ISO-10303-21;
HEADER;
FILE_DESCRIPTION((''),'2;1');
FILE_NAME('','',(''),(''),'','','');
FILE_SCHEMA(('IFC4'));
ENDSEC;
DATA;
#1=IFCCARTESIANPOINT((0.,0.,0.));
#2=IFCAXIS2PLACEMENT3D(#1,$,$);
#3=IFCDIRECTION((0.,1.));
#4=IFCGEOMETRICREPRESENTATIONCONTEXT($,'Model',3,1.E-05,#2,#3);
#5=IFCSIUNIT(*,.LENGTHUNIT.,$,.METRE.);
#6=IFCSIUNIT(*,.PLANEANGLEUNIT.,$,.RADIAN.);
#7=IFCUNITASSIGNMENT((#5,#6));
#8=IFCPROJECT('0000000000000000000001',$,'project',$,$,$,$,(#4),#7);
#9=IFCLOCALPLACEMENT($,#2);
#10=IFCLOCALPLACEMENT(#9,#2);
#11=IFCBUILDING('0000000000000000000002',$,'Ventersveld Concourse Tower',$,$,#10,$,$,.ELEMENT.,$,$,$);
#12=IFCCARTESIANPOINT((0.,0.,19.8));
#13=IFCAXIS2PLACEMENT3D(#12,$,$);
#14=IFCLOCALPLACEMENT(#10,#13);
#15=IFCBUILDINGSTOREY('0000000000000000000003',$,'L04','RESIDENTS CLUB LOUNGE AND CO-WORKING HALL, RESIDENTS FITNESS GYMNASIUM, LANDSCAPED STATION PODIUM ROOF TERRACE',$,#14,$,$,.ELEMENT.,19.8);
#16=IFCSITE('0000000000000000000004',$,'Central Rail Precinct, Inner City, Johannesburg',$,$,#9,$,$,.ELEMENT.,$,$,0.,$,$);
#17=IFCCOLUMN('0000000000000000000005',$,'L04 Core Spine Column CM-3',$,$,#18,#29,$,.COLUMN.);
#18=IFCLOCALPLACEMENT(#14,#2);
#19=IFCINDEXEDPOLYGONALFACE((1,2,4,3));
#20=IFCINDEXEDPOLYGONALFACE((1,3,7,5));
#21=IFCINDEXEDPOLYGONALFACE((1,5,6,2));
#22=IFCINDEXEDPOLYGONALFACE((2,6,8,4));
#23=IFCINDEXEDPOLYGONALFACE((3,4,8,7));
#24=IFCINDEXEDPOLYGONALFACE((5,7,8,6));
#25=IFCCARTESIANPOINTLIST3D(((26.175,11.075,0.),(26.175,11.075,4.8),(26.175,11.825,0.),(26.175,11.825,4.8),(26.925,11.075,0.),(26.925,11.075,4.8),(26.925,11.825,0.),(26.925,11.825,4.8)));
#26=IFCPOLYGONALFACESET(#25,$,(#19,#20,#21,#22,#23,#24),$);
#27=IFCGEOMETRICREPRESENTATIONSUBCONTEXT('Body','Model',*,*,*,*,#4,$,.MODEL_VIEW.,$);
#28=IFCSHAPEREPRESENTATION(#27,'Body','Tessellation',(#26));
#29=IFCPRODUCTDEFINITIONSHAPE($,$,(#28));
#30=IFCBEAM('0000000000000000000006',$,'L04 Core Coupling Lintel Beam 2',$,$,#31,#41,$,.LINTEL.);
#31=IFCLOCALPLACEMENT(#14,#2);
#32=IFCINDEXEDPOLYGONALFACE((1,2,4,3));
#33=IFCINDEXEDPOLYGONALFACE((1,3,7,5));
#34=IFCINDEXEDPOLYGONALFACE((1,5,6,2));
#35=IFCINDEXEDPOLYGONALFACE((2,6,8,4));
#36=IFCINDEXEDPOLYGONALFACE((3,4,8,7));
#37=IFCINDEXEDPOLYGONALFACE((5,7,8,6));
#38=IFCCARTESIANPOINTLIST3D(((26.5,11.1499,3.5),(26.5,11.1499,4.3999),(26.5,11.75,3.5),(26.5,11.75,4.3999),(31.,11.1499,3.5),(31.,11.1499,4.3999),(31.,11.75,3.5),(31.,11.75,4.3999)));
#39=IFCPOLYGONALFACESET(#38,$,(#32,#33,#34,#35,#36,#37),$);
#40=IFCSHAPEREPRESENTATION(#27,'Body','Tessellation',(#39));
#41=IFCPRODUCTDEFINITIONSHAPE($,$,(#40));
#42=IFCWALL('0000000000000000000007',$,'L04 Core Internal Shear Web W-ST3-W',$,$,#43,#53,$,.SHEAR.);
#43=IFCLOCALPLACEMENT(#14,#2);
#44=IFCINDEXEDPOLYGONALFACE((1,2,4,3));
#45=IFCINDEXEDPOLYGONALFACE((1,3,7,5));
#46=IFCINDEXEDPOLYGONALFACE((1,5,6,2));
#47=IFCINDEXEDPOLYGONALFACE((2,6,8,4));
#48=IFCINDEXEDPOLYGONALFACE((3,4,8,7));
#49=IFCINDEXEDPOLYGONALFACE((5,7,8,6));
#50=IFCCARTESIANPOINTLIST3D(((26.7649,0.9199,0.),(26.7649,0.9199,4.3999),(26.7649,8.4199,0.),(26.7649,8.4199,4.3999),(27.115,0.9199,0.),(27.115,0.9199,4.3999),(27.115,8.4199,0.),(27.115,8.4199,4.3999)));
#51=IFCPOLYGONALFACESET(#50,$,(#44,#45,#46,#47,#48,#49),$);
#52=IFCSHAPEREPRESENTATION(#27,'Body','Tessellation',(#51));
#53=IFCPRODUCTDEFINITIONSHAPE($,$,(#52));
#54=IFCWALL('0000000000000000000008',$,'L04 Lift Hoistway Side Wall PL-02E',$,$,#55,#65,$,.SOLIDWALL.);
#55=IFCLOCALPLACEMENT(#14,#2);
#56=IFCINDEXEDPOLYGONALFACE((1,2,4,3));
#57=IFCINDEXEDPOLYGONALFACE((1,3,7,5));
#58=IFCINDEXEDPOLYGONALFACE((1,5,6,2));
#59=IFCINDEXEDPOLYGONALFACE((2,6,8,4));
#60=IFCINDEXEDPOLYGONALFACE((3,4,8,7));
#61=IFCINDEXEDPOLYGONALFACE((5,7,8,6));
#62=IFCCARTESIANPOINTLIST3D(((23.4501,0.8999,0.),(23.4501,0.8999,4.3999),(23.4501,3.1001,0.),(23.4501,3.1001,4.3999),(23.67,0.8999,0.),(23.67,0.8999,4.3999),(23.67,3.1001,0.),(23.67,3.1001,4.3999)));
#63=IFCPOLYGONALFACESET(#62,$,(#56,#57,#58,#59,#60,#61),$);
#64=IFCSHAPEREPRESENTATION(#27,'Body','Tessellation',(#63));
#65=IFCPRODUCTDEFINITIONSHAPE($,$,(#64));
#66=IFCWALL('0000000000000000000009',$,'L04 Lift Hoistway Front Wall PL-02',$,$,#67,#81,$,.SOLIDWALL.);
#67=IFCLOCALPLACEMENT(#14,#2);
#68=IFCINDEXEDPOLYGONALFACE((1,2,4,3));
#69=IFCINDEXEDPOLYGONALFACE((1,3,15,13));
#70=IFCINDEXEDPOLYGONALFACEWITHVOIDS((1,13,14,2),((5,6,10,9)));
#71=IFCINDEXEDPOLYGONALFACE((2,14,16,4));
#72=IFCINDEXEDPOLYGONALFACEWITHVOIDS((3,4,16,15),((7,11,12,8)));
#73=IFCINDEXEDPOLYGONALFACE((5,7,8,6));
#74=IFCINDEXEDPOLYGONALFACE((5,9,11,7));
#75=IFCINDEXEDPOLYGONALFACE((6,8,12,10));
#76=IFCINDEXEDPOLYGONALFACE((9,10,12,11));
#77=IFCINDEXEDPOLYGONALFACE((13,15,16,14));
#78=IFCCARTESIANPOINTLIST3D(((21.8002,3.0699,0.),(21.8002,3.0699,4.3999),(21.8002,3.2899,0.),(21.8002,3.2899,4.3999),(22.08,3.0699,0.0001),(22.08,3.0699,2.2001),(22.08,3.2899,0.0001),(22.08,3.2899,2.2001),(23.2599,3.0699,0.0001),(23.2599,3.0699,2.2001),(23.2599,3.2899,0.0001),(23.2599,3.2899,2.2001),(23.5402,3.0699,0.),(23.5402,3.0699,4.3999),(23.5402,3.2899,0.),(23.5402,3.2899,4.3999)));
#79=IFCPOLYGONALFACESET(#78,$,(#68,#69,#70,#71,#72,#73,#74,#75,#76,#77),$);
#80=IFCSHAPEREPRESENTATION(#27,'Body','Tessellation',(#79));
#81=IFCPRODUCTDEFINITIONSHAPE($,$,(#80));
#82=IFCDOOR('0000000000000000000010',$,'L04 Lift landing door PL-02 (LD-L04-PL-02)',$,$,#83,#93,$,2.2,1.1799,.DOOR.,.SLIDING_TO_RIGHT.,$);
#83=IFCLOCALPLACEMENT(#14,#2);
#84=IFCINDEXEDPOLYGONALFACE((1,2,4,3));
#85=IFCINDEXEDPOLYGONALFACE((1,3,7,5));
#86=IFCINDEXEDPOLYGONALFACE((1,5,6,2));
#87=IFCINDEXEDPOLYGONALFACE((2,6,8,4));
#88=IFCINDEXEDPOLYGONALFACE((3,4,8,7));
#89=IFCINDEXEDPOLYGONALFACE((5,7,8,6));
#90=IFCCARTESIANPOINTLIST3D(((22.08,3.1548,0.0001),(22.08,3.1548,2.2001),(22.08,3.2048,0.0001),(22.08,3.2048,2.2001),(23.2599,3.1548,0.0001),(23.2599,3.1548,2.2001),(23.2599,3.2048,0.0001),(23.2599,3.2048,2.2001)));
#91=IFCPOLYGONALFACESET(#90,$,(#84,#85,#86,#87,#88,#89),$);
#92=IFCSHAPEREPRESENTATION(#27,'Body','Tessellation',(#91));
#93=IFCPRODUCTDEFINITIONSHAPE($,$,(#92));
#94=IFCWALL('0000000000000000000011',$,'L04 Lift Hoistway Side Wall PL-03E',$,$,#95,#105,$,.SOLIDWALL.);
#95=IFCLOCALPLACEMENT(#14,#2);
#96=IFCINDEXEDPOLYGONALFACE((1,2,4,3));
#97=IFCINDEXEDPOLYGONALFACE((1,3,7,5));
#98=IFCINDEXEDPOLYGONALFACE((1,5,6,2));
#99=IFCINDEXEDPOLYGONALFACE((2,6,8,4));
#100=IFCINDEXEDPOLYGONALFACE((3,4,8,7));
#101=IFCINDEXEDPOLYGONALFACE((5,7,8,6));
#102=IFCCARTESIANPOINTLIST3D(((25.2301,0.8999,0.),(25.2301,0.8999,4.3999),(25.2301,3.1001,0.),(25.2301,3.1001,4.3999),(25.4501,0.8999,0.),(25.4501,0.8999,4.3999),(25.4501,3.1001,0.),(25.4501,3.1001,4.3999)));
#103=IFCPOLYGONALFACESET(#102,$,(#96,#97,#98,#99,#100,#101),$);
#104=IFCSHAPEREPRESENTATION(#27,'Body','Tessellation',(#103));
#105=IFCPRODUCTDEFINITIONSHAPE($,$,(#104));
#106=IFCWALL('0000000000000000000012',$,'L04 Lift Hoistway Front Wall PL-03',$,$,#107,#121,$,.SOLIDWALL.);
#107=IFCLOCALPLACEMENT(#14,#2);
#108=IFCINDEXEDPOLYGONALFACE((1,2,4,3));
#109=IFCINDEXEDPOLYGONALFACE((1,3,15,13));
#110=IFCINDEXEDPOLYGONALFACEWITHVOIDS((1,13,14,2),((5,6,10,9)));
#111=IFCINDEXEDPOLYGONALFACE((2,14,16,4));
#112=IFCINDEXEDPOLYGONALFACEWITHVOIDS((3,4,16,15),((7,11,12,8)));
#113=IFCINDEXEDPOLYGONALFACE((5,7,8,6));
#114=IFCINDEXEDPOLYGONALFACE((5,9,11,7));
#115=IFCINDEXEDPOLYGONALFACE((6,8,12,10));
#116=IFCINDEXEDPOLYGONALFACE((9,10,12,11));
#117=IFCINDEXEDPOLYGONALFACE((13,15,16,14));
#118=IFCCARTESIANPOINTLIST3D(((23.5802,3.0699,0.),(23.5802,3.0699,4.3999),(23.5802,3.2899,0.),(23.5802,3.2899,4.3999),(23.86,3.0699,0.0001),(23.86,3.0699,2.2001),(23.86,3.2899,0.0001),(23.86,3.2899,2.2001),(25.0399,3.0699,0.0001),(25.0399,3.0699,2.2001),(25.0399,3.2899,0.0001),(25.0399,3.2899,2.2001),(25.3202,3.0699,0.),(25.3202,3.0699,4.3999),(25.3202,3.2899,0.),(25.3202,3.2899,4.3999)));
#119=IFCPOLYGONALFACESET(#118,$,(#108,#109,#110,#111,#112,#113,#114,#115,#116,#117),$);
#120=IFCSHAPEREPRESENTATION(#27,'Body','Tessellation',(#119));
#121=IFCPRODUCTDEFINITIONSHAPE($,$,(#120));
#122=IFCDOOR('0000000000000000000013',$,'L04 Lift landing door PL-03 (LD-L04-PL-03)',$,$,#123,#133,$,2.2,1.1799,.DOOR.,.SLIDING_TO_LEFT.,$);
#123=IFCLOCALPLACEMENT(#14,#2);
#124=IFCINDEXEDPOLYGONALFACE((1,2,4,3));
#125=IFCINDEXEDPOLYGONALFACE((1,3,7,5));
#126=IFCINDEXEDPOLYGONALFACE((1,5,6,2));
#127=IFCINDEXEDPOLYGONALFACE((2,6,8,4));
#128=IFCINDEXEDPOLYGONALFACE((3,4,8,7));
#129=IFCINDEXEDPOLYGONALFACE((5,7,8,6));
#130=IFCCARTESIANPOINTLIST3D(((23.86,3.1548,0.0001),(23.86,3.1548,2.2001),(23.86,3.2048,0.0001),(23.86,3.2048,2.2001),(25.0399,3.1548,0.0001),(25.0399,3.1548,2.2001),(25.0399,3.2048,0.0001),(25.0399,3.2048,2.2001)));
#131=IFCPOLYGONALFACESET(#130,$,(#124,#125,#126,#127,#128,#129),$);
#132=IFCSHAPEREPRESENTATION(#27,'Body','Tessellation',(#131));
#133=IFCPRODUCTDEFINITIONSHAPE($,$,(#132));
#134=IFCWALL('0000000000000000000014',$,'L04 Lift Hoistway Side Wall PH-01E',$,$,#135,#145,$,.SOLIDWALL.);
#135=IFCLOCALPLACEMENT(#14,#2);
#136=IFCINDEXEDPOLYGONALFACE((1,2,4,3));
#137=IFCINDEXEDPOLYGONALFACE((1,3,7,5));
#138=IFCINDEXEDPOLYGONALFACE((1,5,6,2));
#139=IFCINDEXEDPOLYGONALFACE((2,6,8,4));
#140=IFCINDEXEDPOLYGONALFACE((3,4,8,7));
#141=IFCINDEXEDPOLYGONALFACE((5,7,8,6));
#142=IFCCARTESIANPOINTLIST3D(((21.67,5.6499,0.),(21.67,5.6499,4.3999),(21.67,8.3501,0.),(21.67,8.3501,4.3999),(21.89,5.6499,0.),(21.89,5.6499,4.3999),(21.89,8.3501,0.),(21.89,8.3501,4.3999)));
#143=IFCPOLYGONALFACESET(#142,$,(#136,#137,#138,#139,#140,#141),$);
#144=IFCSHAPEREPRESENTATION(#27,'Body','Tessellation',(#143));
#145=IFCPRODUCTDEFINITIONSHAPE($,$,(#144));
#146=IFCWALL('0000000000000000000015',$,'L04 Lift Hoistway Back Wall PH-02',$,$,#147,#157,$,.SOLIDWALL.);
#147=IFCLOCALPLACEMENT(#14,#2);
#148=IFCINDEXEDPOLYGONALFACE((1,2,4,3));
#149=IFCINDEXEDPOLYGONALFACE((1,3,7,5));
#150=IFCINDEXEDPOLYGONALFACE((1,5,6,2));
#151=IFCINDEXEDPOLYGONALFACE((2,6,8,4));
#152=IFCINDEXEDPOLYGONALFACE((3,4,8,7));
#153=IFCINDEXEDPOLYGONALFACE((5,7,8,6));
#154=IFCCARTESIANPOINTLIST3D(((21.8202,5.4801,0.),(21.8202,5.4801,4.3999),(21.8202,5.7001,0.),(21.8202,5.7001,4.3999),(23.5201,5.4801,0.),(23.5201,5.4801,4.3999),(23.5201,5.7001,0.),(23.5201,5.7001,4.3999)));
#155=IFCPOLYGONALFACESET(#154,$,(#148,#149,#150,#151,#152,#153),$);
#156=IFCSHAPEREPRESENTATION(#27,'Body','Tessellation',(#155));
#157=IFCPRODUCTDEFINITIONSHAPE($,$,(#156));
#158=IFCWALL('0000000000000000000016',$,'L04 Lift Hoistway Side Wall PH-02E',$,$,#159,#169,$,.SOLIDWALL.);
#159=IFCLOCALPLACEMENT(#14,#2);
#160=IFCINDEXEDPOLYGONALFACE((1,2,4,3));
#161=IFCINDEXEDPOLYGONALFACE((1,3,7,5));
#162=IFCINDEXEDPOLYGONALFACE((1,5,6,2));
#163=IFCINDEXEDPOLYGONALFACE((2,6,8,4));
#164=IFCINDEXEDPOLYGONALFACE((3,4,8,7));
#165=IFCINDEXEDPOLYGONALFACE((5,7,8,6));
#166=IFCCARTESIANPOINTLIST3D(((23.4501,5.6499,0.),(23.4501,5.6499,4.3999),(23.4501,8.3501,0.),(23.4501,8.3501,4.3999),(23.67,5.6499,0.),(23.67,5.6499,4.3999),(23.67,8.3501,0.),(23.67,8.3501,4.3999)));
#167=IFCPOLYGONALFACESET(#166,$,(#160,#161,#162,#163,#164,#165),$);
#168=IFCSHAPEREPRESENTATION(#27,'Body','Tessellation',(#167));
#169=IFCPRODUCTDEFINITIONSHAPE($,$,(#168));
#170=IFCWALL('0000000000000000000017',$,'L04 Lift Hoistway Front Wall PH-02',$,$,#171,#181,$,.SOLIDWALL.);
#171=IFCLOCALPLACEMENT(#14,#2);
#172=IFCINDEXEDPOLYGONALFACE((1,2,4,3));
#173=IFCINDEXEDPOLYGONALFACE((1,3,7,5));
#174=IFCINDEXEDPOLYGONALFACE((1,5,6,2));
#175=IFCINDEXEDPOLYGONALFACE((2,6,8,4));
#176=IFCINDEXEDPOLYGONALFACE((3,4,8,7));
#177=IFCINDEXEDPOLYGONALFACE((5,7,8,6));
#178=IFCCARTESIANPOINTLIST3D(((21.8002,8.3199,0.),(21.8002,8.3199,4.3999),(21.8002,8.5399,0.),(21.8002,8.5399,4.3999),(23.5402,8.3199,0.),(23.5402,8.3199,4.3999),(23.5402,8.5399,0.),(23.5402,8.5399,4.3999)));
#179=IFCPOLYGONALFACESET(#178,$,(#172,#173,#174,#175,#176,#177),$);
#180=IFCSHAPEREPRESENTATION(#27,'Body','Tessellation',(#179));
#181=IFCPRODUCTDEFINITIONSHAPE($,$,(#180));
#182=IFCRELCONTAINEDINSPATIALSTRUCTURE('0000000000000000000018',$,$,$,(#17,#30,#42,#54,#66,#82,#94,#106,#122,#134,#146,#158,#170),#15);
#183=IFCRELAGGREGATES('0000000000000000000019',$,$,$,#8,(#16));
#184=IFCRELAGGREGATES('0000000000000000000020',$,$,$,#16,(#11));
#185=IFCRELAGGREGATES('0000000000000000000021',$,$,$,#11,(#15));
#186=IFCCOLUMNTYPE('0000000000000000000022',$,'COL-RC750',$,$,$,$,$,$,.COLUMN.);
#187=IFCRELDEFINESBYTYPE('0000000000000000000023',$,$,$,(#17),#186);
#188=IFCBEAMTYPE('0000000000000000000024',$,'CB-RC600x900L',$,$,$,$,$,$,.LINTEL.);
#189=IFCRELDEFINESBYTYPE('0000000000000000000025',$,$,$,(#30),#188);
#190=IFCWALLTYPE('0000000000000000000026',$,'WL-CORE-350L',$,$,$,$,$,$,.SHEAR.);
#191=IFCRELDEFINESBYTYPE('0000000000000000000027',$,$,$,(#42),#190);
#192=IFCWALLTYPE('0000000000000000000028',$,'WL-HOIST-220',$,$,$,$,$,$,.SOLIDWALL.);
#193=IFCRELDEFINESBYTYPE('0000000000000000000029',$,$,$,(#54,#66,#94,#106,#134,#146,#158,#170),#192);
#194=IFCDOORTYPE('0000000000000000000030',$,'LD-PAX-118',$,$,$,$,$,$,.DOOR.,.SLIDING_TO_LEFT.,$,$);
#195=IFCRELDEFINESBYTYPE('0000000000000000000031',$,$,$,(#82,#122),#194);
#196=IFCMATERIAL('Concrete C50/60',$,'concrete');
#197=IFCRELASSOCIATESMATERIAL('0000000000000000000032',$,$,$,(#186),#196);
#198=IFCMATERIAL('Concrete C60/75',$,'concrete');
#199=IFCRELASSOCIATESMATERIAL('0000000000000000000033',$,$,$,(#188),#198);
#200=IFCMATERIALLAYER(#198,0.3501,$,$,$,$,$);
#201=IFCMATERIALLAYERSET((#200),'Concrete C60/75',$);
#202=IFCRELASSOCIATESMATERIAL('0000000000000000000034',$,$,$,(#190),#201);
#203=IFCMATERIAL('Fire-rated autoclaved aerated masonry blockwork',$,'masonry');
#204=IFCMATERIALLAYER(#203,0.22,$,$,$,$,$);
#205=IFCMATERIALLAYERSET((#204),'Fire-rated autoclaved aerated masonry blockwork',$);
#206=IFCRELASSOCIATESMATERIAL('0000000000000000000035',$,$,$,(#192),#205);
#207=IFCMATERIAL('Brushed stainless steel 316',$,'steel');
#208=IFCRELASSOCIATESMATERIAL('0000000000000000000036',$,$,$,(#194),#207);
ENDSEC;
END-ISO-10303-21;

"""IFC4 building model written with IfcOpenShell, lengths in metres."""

from ifc_helpers import new_model, si_unit, direction, frame, frame_2d, origin, origin_2d, place, context, subcontext, project, spatial, rectangle, extrude, material, layer, layer_set, material_profile, profile_set, type_object, element, fill, save


model = new_model("IFC4")

# Units and contexts
model_context = context("Model", 3, precision=1e-05, world=origin(), true_north=direction((0.0, 1.0)))
body_context = subcontext(model_context, "Body", "Model", "MODEL_VIEW")
ifc_project = project(units=[si_unit("LENGTHUNIT", "METRE"), si_unit("PLANEANGLEUNIT", "RADIAN")], contexts=[model_context])

# Site, building, storey
site_placement = place(None, origin())
site = spatial("IfcSite", under=ifc_project, at=site_placement, Name="Central Rail Precinct, Inner City, Johannesburg", CompositionType="ELEMENT", RefElevation=0.0)
building_placement = place(site_placement, origin())
building = spatial("IfcBuilding", under=site, at=building_placement, Name="Ventersveld Concourse Tower", CompositionType="ELEMENT")
storey_placement = place(building_placement, frame((0.0, 0.0, 19.8)))
storey = spatial("IfcBuildingStorey", under=building, at=storey_placement, Name="L04", Description="RESIDENTS CLUB LOUNGE AND CO-WORKING HALL, RESIDENTS FITNESS GYMNASIUM, LANDSCAPED STATION PODIUM ROOF TERRACE", CompositionType="ELEMENT", Elevation=19.8)

# Column
ifc_material_1 = material(Name="Concrete C50/60", Category="concrete")
ifc_material_profile_1 = material_profile(ifc_material_1, rectangle(XDim=0.75, YDim=0.75, at=origin_2d()), Name="RC 750x750")
ifc_profile_set_1 = profile_set([ifc_material_profile_1], Name="Concrete C50/60")
column_type = type_object("IfcColumnType", Name="COL-RC750", PredefinedType="COLUMN", material=ifc_profile_set_1)
column_placement = place(storey_placement, frame((26.55, 11.45, 0.0), z_axis=(0.0, 0.0, 1.0), x_axis=(1.0, 0.0, 0.0)))
element("IfcColumn", 1, at=column_placement, inside=storey, type_object=column_type, Name="L04 Core Spine Column CM-3", PredefinedType="COLUMN", context=body_context, shape_type="SweptSolid", body=[
    extrude(rectangle(XDim=0.75, YDim=0.75, at=origin_2d()), origin(), (0.0, 0.0, 1.0), 4.8),
])

# Beam
ifc_material_2 = material(Name="Concrete C60/75", Category="concrete")
ifc_material_profile_2 = material_profile(ifc_material_2, rectangle(XDim=0.6001, YDim=0.8999, at=origin_2d()), Name="RC 600x900")
ifc_profile_set_2 = profile_set([ifc_material_profile_2], Name="Concrete C60/75")
beam_type = type_object("IfcBeamType", Name="CB-RC600x900L", PredefinedType="LINTEL", material=ifc_profile_set_2)
beam_placement = place(storey_placement, frame((26.5, 11.45, 3.95), z_axis=(1.0, 0.0, 0.0), x_axis=(0.0, 1.0, 0.0)))
element("IfcBeam", 2, at=beam_placement, inside=storey, type_object=beam_type, Name="L04 Core Coupling Lintel Beam 2", PredefinedType="LINTEL", context=body_context, shape_type="SweptSolid", body=[
    extrude(rectangle(XDim=0.6001, YDim=0.8999, at=origin_2d()), origin(), (0.0, 0.0, 1.0), 4.5),
])

# Walls
ifc_layer_1 = layer(ifc_material_2, 0.3501)
ifc_layer_set_1 = layer_set([ifc_layer_1], Name="Concrete C60/75")
wall_type_1 = type_object("IfcWallType", Name="WL-CORE-350L", PredefinedType="SHEAR", material=ifc_layer_set_1)
wall_1_placement = place(storey_placement, frame((26.9399, 0.9199, 0.0), z_axis=(0.0, 0.0, 1.0), x_axis=(0.0, 1.0, 0.0)))
element("IfcWall", 3, at=wall_1_placement, inside=storey, type_object=wall_type_1, Name="L04 Core Internal Shear Web W-ST3-W", PredefinedType="SHEAR", context=body_context, shape_type="SweptSolid", body=[
    extrude(rectangle(XDim=7.5, YDim=0.3501, at=frame_2d((3.75, 0.0))), origin(), (0.0, 0.0, 1.0), 4.3999),
])
ifc_material_3 = material(Name="Fire-rated autoclaved aerated masonry blockwork", Category="masonry")
ifc_layer_2 = layer(ifc_material_3, 0.22)
ifc_layer_set_2 = layer_set([ifc_layer_2], Name="Fire-rated autoclaved aerated masonry blockwork")
wall_type_2 = type_object("IfcWallType", Name="WL-HOIST-220", PredefinedType="SOLIDWALL", material=ifc_layer_set_2)
wall_2_placement = place(storey_placement, frame((23.5601, 0.8999, 0.0), z_axis=(0.0, 0.0, 1.0), x_axis=(0.0, 1.0, 0.0)))
element("IfcWall", 4, at=wall_2_placement, inside=storey, type_object=wall_type_2, Name="L04 Lift Hoistway Side Wall PL-02E", PredefinedType="SOLIDWALL", context=body_context, shape_type="SweptSolid", body=[
    extrude(rectangle(XDim=2.2002, YDim=0.22, at=frame_2d((1.1001, 0.0))), origin(), (0.0, 0.0, 1.0), 4.3999),
])

# Wall, opening, door
wall_3_placement = place(storey_placement, frame((21.8, 3.1799, 0.0), z_axis=(0.0, 0.0, 1.0), x_axis=(1.0, 0.0, 0.0)))
wall_3 = element("IfcWall", 5, at=wall_3_placement, inside=storey, type_object=wall_type_2, Name="L04 Lift Hoistway Front Wall PL-02", PredefinedType="SOLIDWALL", context=body_context, shape_type="SweptSolid", body=[
    extrude(rectangle(XDim=1.74, YDim=0.22, at=frame_2d((0.8701, 0.0))), origin(), (0.0, 0.0, 1.0), 4.3999),
])
opening_1_placement = place(wall_3_placement, frame((0.28, 0.0, 0.0)))
opening_1 = element("IfcOpeningElement", 6, at=opening_1_placement, cuts=wall_3, PredefinedType="OPENING", context=body_context, shape_type="SweptSolid", body=[
    extrude(rectangle(XDim=1.1799, YDim=2.2, at=frame_2d((0.5898, 1.1001))), frame((0.0, 0.1201, 0.0), z_axis=(0.0, -1.0, 0.0), x_axis=(1.0, 0.0, 0.0)), (0.0, 0.0, 1.0), 0.24),
])
ifc_material_4 = material(Name="Brushed stainless steel 316", Category="steel")
door_type_1 = type_object("IfcDoorType", Name="LD-PAX-118", OperationType="SLIDING_TO_LEFT", PredefinedType="DOOR", material=ifc_material_4)
door_1_placement = place(opening_1_placement, origin())
door_1 = element("IfcDoor", 7, at=door_1_placement, inside=storey, type_object=door_type_1, Name="L04 Lift landing door PL-02 (LD-L04-PL-02)", OperationType="SLIDING_TO_RIGHT", OverallHeight=2.2, OverallWidth=1.1799, PredefinedType="DOOR", context=body_context, shape_type="SweptSolid", body=[
    extrude(rectangle(XDim=1.1799, YDim=2.2, at=frame_2d((0.5898, 1.1001))), frame((0.0, 0.0249, 0.0), z_axis=(0.0, -1.0, 0.0), x_axis=(1.0, 0.0, 0.0)), (0.0, 0.0, 1.0), 0.05),
])
fill(opening_1, door_1)

# Wall
wall_4_placement = place(storey_placement, frame((25.3401, 0.8999, 0.0), z_axis=(0.0, 0.0, 1.0), x_axis=(0.0, 1.0, 0.0)))
element("IfcWall", 8, at=wall_4_placement, inside=storey, type_object=wall_type_2, Name="L04 Lift Hoistway Side Wall PL-03E", PredefinedType="SOLIDWALL", context=body_context, shape_type="SweptSolid", body=[
    extrude(rectangle(XDim=2.2002, YDim=0.22, at=frame_2d((1.1001, 0.0))), origin(), (0.0, 0.0, 1.0), 4.3999),
])

# Wall, opening, door
wall_5_placement = place(storey_placement, frame((23.5801, 3.1799, 0.0), z_axis=(0.0, 0.0, 1.0), x_axis=(1.0, 0.0, 0.0)))
wall_5 = element("IfcWall", 9, at=wall_5_placement, inside=storey, type_object=wall_type_2, Name="L04 Lift Hoistway Front Wall PL-03", PredefinedType="SOLIDWALL", context=body_context, shape_type="SweptSolid", body=[
    extrude(rectangle(XDim=1.74, YDim=0.22, at=frame_2d((0.8701, 0.0))), origin(), (0.0, 0.0, 1.0), 4.3999),
])
opening_2_placement = place(wall_5_placement, frame((0.28, 0.0, 0.0)))
opening_2 = element("IfcOpeningElement", 10, at=opening_2_placement, cuts=wall_5, PredefinedType="OPENING", context=body_context, shape_type="SweptSolid", body=[
    extrude(rectangle(XDim=1.1799, YDim=2.2, at=frame_2d((0.5898, 1.1001))), frame((0.0, 0.1201, 0.0), z_axis=(0.0, -1.0, 0.0), x_axis=(1.0, 0.0, 0.0)), (0.0, 0.0, 1.0), 0.24),
])
door_2_placement = place(opening_2_placement, origin())
door_2 = element("IfcDoor", 11, at=door_2_placement, inside=storey, type_object=door_type_1, Name="L04 Lift landing door PL-03 (LD-L04-PL-03)", OperationType="SLIDING_TO_LEFT", OverallHeight=2.2, OverallWidth=1.1799, PredefinedType="DOOR", context=body_context, shape_type="SweptSolid", body=[
    extrude(rectangle(XDim=1.1799, YDim=2.2, at=frame_2d((0.5898, 1.1001))), frame((0.0, 0.0249, 0.0), z_axis=(0.0, -1.0, 0.0), x_axis=(1.0, 0.0, 0.0)), (0.0, 0.0, 1.0), 0.05),
])
fill(opening_2, door_2)

# Walls
wall_6_placement = place(storey_placement, frame((21.78, 5.6499, 0.0), z_axis=(0.0, 0.0, 1.0), x_axis=(0.0, 1.0, 0.0)))
element("IfcWall", 12, at=wall_6_placement, inside=storey, type_object=wall_type_2, Name="L04 Lift Hoistway Side Wall PH-01E", PredefinedType="SOLIDWALL", context=body_context, shape_type="SweptSolid", body=[
    extrude(rectangle(XDim=2.7002, YDim=0.22, at=frame_2d((1.3501, 0.0))), origin(), (0.0, 0.0, 1.0), 4.3999),
])
wall_7_placement = place(storey_placement, frame((21.8201, 5.5901, 0.0), z_axis=(0.0, 0.0, 1.0), x_axis=(1.0, 0.0, 0.0)))
element("IfcWall", 13, at=wall_7_placement, inside=storey, type_object=wall_type_2, Name="L04 Lift Hoistway Back Wall PH-02", PredefinedType="SOLIDWALL", context=body_context, shape_type="SweptSolid", body=[
    extrude(rectangle(XDim=1.7, YDim=0.22, at=frame_2d((0.8501, 0.0))), origin(), (0.0, 0.0, 1.0), 4.3999),
])
wall_8_placement = place(storey_placement, frame((23.5601, 5.6499, 0.0), z_axis=(0.0, 0.0, 1.0), x_axis=(0.0, 1.0, 0.0)))
element("IfcWall", 14, at=wall_8_placement, inside=storey, type_object=wall_type_2, Name="L04 Lift Hoistway Side Wall PH-02E", PredefinedType="SOLIDWALL", context=body_context, shape_type="SweptSolid", body=[
    extrude(rectangle(XDim=2.7002, YDim=0.22, at=frame_2d((1.3501, 0.0))), origin(), (0.0, 0.0, 1.0), 4.3999),
])
wall_9_placement = place(storey_placement, frame((21.8, 8.4299, 0.0), z_axis=(0.0, 0.0, 1.0), x_axis=(1.0, 0.0, 0.0)))
element("IfcWall", 15, at=wall_9_placement, inside=storey, type_object=wall_type_2, Name="L04 Lift Hoistway Front Wall PH-02", PredefinedType="SOLIDWALL", context=body_context, shape_type="SweptSolid", body=[
    extrude(rectangle(XDim=1.74, YDim=0.22, at=frame_2d((0.8701, 0.0))), origin(), (0.0, 0.0, 1.0), 4.3999),
])

save(model, "model.ifc")
